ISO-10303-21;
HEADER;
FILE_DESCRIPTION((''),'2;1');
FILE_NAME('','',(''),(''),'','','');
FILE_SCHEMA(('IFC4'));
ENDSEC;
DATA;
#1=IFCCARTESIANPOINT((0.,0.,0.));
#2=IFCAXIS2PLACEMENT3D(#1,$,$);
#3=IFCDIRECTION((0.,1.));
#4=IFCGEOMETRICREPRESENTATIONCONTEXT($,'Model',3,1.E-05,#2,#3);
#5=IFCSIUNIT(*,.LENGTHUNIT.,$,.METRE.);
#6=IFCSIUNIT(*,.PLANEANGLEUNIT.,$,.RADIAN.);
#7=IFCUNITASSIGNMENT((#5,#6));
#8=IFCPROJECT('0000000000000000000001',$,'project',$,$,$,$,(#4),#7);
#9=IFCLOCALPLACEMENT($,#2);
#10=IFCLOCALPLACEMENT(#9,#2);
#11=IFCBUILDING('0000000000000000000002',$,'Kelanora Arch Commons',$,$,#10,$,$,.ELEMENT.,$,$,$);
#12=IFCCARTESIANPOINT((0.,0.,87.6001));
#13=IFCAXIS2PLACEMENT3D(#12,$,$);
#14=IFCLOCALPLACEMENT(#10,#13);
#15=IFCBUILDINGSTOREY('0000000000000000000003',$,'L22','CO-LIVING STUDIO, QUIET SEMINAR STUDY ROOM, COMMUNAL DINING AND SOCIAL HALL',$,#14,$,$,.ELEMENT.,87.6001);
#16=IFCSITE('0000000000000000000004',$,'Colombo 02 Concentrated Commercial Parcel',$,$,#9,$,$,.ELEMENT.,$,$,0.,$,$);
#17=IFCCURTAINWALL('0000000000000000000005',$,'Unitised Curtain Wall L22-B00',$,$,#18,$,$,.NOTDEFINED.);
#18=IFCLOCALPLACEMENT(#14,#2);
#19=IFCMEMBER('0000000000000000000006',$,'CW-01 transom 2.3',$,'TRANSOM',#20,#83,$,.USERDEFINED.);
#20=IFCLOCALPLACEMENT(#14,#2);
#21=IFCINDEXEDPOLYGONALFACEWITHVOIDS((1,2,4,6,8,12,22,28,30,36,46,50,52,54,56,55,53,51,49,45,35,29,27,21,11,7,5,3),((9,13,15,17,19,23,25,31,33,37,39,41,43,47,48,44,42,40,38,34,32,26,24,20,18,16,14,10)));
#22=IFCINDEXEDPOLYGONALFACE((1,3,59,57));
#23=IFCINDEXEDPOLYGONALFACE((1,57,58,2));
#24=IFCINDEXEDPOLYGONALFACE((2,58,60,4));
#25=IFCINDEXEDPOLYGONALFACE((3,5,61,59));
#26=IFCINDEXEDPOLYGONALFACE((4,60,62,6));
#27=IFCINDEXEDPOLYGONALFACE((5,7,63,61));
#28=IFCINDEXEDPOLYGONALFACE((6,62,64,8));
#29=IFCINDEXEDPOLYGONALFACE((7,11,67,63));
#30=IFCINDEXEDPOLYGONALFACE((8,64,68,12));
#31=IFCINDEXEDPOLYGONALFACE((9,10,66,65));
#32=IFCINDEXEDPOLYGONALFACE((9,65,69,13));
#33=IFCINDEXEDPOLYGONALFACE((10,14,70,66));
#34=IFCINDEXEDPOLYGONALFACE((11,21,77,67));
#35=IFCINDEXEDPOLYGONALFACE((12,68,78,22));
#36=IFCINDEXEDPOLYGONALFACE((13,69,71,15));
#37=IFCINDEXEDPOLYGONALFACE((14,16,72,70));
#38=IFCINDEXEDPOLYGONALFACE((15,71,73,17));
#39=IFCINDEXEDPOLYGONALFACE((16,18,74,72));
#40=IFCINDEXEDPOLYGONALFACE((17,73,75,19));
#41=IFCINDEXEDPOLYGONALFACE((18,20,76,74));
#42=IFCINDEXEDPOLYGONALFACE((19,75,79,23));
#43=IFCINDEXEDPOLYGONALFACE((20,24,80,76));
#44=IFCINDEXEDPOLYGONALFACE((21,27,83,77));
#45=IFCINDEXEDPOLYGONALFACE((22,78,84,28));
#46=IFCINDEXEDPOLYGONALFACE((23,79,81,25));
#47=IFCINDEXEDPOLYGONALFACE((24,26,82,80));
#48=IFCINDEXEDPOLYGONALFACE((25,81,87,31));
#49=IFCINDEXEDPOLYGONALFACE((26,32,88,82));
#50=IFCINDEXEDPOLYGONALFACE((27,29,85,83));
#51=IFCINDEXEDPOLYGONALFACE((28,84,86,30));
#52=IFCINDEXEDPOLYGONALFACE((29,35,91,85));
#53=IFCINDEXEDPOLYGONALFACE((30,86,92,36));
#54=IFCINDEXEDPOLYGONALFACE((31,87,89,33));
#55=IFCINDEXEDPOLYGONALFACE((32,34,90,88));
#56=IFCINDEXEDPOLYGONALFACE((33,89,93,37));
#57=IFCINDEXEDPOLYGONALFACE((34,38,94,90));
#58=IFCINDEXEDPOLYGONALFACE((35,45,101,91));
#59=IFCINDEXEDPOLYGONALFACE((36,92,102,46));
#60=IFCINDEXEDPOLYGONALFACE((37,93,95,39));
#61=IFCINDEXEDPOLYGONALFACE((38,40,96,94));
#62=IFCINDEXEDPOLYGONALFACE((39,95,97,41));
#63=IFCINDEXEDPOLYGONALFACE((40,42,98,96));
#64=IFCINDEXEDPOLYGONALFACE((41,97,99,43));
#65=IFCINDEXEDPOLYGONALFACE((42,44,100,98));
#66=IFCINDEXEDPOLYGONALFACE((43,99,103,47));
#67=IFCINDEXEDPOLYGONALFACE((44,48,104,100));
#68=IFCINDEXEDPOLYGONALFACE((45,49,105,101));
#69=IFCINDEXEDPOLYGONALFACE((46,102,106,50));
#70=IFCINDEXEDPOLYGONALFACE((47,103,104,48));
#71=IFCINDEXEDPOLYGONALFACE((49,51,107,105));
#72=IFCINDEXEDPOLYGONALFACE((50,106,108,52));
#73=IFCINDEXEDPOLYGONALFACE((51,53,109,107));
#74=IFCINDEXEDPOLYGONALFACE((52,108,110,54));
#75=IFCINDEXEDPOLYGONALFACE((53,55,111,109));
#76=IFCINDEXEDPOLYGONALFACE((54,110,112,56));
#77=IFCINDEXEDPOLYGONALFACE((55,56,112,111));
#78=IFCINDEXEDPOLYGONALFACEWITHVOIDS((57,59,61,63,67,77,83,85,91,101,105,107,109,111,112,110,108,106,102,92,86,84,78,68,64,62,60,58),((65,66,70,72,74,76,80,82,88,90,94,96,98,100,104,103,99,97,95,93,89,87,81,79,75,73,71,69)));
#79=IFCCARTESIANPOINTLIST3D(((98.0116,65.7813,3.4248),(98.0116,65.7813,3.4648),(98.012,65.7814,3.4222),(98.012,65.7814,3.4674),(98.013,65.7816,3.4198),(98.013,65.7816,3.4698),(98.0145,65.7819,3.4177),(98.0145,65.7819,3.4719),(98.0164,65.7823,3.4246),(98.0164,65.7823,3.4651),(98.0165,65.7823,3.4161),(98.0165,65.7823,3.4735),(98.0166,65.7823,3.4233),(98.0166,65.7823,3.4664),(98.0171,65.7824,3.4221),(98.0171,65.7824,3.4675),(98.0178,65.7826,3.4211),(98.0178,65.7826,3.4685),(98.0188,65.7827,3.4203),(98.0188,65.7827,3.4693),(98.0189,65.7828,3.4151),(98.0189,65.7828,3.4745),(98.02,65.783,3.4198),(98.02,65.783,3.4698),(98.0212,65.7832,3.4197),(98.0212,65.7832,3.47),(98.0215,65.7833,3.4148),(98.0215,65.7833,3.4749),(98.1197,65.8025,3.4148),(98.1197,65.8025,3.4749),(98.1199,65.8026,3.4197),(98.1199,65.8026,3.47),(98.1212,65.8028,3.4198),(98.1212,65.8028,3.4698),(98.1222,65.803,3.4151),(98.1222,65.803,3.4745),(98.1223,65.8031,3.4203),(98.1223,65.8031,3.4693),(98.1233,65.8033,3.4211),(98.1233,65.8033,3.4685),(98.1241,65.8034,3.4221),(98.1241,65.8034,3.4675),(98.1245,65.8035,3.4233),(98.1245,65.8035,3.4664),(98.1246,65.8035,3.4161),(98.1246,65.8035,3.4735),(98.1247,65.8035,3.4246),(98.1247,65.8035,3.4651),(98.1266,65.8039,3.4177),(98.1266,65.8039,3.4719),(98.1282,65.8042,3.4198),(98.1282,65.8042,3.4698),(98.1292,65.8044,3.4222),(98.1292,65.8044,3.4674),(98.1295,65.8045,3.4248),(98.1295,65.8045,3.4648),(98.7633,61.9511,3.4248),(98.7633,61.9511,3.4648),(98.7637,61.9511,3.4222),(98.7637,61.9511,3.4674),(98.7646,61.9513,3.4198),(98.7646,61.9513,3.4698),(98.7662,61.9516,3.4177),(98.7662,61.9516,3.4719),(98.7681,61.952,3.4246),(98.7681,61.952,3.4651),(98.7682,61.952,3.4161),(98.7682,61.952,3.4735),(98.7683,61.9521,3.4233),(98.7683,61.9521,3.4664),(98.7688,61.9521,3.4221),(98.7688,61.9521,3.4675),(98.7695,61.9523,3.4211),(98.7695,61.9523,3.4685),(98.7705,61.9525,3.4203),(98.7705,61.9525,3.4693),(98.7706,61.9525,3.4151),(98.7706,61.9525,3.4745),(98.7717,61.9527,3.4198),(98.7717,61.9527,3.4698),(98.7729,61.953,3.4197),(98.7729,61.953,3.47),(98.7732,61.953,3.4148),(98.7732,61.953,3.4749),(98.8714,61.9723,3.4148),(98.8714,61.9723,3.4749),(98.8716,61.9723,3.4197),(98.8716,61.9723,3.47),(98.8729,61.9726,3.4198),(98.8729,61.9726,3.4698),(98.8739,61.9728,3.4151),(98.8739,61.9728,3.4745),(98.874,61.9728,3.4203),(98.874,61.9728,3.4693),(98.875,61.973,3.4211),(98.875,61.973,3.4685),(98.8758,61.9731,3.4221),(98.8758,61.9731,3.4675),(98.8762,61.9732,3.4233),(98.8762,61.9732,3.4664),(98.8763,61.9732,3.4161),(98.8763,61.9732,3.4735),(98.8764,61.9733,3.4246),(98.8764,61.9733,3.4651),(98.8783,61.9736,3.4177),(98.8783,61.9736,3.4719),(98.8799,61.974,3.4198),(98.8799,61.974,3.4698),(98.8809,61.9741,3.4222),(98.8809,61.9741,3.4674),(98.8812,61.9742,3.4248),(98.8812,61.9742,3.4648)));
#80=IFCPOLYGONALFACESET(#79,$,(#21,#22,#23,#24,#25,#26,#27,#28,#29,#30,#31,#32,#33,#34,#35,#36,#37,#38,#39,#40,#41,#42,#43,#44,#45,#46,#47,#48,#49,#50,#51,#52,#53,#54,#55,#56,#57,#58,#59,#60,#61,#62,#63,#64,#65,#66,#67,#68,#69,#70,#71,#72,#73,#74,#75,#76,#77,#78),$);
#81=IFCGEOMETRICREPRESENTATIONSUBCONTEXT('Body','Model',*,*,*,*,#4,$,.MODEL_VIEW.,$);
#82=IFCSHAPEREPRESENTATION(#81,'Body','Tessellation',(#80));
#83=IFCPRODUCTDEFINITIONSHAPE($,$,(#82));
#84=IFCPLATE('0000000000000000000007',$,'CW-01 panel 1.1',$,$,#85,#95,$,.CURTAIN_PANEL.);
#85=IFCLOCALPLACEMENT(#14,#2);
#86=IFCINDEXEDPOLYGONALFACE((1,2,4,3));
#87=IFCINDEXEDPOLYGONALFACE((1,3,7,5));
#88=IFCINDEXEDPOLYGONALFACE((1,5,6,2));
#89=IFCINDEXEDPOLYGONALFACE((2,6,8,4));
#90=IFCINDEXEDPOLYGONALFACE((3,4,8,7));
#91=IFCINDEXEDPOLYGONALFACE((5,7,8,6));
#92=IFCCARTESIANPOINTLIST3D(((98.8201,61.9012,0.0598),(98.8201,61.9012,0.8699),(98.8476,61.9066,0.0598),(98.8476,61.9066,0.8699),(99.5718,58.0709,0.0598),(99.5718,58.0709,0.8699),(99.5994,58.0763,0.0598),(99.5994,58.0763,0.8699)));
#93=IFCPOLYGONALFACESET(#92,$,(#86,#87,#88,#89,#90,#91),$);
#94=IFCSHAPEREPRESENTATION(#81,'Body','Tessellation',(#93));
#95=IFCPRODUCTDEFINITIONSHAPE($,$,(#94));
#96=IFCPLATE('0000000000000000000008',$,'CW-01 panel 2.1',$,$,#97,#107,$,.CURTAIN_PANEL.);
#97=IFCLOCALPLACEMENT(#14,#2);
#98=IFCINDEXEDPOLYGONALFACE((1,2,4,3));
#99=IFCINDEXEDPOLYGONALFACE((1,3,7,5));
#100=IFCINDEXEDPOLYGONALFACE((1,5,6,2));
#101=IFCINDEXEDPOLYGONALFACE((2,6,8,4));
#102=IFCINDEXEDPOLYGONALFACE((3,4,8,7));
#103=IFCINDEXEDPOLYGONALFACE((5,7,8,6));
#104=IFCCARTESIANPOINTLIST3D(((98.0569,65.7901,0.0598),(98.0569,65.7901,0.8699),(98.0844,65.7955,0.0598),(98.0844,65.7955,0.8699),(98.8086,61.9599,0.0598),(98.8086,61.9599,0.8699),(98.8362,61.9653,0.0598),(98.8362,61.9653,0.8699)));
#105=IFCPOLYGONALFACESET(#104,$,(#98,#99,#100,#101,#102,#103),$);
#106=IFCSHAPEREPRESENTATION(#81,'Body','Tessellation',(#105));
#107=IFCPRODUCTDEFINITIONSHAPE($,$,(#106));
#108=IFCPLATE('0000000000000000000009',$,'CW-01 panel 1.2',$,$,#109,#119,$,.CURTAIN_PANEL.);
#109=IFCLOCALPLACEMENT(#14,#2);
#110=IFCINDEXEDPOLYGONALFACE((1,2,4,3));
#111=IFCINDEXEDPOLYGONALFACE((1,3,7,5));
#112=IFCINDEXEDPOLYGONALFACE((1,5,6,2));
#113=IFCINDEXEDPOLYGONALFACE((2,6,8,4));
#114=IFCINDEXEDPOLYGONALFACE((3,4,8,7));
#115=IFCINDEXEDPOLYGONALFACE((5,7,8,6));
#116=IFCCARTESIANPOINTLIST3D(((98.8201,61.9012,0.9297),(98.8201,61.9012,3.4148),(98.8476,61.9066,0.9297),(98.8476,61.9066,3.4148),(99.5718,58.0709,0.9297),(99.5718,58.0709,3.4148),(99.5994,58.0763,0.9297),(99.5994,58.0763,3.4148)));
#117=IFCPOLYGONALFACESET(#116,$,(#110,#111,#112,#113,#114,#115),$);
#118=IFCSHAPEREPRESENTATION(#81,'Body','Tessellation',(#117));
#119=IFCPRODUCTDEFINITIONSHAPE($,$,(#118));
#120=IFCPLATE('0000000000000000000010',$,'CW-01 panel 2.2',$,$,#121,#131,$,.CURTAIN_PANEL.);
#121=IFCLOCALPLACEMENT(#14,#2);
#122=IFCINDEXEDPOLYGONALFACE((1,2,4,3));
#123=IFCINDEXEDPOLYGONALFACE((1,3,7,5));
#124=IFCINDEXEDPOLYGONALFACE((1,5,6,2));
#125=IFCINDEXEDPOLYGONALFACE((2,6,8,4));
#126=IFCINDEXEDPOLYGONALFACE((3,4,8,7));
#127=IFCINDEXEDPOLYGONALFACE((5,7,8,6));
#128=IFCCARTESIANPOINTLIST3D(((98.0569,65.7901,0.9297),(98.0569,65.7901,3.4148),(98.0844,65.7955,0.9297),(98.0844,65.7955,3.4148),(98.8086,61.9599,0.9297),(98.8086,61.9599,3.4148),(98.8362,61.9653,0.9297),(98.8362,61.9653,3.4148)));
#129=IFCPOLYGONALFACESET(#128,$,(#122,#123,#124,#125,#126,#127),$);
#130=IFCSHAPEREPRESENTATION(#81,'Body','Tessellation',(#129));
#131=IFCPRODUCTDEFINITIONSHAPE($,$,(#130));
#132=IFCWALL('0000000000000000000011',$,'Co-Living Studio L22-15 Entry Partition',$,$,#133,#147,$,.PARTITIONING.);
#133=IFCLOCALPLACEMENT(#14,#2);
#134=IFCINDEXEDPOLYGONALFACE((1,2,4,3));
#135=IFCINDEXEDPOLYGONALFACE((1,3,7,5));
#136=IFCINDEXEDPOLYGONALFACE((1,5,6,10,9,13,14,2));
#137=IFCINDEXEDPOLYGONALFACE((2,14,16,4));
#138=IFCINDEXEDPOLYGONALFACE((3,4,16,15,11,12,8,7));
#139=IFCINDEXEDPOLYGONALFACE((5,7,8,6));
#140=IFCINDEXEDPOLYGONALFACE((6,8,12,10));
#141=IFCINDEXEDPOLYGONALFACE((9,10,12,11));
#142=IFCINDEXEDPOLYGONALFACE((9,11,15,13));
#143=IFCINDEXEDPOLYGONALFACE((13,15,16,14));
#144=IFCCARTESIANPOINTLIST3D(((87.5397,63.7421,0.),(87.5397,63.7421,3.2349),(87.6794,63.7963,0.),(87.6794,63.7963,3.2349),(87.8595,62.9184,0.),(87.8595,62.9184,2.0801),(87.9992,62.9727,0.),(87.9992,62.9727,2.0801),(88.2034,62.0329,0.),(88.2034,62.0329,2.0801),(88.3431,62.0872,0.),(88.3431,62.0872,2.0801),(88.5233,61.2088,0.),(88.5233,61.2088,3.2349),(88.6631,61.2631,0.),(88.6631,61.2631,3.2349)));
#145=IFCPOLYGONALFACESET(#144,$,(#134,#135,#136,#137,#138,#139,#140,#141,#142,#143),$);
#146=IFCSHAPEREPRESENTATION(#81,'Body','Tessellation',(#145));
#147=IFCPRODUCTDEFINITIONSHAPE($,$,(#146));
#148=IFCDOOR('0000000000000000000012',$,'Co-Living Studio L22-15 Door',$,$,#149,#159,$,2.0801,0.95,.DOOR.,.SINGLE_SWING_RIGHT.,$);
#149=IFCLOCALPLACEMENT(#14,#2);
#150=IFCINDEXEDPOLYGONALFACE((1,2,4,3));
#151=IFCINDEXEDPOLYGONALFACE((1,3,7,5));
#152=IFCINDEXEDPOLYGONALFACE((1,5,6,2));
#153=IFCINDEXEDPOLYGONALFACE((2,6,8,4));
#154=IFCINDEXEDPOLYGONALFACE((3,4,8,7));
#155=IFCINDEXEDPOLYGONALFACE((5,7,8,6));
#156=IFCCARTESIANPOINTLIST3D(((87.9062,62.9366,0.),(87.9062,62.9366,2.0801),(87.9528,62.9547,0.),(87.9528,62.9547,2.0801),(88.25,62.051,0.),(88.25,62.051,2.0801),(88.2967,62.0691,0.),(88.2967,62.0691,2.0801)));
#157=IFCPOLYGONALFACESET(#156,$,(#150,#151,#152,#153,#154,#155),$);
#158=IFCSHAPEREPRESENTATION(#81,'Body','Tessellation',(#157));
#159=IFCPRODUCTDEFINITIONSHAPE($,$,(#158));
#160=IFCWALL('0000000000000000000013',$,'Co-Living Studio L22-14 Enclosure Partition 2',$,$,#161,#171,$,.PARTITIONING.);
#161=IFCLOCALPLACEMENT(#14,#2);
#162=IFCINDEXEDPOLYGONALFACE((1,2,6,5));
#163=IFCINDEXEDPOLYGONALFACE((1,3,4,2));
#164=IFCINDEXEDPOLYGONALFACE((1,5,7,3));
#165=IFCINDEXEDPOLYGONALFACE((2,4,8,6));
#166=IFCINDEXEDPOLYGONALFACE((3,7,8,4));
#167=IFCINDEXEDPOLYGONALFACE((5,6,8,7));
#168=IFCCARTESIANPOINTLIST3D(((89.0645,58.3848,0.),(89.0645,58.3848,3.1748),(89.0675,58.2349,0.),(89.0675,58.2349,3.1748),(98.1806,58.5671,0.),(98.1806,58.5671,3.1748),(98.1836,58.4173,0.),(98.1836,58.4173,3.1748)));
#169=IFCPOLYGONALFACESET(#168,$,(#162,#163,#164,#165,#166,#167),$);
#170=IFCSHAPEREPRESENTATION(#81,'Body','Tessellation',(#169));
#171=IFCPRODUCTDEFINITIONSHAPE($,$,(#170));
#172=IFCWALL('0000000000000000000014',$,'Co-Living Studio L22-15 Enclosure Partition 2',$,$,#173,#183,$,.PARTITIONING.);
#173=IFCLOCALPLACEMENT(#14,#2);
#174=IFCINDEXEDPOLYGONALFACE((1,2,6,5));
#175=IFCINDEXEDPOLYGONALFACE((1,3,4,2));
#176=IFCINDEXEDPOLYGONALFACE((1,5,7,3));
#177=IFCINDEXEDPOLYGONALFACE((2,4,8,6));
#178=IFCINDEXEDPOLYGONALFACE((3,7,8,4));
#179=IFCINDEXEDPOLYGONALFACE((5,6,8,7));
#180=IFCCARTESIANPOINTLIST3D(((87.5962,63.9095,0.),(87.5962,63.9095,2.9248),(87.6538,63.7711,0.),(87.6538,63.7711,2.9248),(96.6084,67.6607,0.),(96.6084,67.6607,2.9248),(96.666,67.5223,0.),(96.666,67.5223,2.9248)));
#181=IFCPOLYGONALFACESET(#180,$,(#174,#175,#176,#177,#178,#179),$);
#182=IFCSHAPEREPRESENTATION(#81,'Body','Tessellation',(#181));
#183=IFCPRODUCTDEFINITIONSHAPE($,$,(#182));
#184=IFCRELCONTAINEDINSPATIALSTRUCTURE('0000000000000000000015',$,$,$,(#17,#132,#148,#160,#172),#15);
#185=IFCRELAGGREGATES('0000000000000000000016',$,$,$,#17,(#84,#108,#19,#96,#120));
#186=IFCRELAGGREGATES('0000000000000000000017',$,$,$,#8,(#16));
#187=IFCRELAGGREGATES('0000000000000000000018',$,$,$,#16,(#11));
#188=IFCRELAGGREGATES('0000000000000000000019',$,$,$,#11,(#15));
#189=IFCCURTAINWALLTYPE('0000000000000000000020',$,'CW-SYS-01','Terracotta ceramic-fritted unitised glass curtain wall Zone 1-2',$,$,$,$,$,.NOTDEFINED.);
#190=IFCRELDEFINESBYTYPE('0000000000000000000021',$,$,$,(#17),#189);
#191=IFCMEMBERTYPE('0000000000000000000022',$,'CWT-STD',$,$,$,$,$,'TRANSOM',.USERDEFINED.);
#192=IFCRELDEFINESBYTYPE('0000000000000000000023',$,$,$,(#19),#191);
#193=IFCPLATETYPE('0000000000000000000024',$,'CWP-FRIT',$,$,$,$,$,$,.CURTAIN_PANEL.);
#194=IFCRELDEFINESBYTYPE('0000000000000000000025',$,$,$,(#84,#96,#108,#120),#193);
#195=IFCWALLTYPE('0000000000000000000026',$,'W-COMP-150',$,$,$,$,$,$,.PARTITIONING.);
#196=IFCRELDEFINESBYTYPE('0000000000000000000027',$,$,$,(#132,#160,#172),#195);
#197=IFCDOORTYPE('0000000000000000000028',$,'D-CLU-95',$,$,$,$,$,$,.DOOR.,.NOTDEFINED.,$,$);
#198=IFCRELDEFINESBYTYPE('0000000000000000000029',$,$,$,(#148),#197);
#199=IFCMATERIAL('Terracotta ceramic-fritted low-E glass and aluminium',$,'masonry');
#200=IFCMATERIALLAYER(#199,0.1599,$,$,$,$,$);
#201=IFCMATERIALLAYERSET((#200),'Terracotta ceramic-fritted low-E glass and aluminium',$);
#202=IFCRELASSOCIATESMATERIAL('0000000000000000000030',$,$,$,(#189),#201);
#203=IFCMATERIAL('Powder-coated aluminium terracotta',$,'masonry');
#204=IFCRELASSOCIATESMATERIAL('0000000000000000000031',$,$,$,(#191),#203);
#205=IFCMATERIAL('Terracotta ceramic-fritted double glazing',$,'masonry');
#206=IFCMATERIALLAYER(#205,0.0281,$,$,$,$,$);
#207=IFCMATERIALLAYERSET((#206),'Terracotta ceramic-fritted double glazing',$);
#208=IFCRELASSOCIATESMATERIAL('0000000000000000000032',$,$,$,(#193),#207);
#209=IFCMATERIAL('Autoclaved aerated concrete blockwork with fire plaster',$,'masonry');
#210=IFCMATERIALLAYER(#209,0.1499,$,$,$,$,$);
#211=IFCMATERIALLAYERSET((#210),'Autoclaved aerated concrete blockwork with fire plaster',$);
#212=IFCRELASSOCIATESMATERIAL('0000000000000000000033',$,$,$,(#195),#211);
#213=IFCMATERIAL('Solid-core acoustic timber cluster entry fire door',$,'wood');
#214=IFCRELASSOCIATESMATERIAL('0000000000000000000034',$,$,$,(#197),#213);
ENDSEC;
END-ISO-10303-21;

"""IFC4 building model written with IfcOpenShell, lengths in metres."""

from ifc_helpers import new_model, si_unit, direction, frame, frame_2d, origin, origin_2d, place, context, subcontext, project, spatial, rectangle, hollow_rectangle, extrude, source, transform, mapped, material, layer, layer_set, material_profile, profile_set, type_object, element, fill, aggregate, save


model = new_model("IFC4")

# Units and contexts
model_context = context("Model", 3, precision=1e-05, world=origin(), true_north=direction((0.0, 1.0)))
body_context = subcontext(model_context, "Body", "Model", "MODEL_VIEW")
ifc_project = project(units=[si_unit("LENGTHUNIT", "METRE"), si_unit("PLANEANGLEUNIT", "RADIAN")], contexts=[model_context])

# Site, building, storey
site_placement = place(None, origin())
site = spatial("IfcSite", under=ifc_project, at=site_placement, Name="Colombo 02 Concentrated Commercial Parcel", CompositionType="ELEMENT", RefElevation=0.0)
building_placement = place(site_placement, origin())
building = spatial("IfcBuilding", under=site, at=building_placement, Name="Kelanora Arch Commons", CompositionType="ELEMENT")
storey_placement = place(building_placement, frame((0.0, 0.0, 87.6001)))
storey = spatial("IfcBuildingStorey", under=building, at=storey_placement, Name="L22", Description="CO-LIVING STUDIO, QUIET SEMINAR STUDY ROOM, COMMUNAL DINING AND SOCIAL HALL", CompositionType="ELEMENT", Elevation=87.6001)

# Curtain wall, member, plates
ifc_material_1 = material(Name="Terracotta ceramic-fritted low-E glass and aluminium", Category="masonry")
ifc_layer_1 = layer(ifc_material_1, 0.1599)
ifc_layer_set_1 = layer_set([ifc_layer_1], Name="Terracotta ceramic-fritted low-E glass and aluminium")
curtain_wall_type = type_object("IfcCurtainWallType", Name="CW-SYS-01", Description="Terracotta ceramic-fritted unitised glass curtain wall Zone 1-2", PredefinedType="NOTDEFINED", material=ifc_layer_set_1)
curtain_wall_placement = place(storey_placement, origin())
curtain_wall = element("IfcCurtainWall", 1, at=curtain_wall_placement, inside=storey, type_object=curtain_wall_type, Name="Unitised Curtain Wall L22-B00", PredefinedType="NOTDEFINED")
ifc_material_2 = material(Name="Powder-coated aluminium terracotta", Category="masonry")
ifc_material_profile_1 = material_profile(ifc_material_2, hollow_rectangle(XDim=0.1201, YDim=0.0601, WallThickness=0.0049, InnerFilletRadius=0.0049, OuterFilletRadius=0.01, at=origin_2d()), Name="CWT120x60")
ifc_profile_set_1 = profile_set([ifc_material_profile_1], Name="Powder-coated aluminium terracotta")
member_type_1 = type_object("IfcMemberType", Name="CWT-STD", ElementType="TRANSOM", PredefinedType="USERDEFINED", material=ifc_profile_set_1)
member_1_placement = place(storey_placement, frame((98.8223, 61.9626, 3.4448), z_axis=(-0.192579, 0.981282, 0.0), x_axis=(-0.981282, -0.192579, 0.0)))
member_1 = element("IfcMember", 2, at=member_1_placement, type_object=member_type_1, Name="CW-01 transom 2.3", ObjectType="TRANSOM", PredefinedType="USERDEFINED", context=body_context, shape_type="SweptSolid", body=[
    extrude(hollow_rectangle(XDim=0.1201, YDim=0.0601, WallThickness=0.0049, InnerFilletRadius=0.0049, OuterFilletRadius=0.01, at=origin_2d()), origin(), (0.0, 0.0, 1.0), 3.9033),
])
ifc_material_3 = material(Name="Terracotta ceramic-fritted double glazing", Category="masonry")
ifc_layer_2 = layer(ifc_material_3, 0.0281)
ifc_layer_set_2 = layer_set([ifc_layer_2], Name="Terracotta ceramic-fritted double glazing")
plate_type = type_object("IfcPlateType", Name="CWP-FRIT", PredefinedType="CURTAIN_PANEL", material=ifc_layer_set_2)
shared_shape_1 = source(origin(), body_context, "Body", "SweptSolid", [
    extrude(rectangle(XDim=3.9033, YDim=0.0281, at=origin_2d()), origin(), (0.0, 0.0, 1.0), 0.8101),
])
plate_1_placement = place(storey_placement, frame((99.2097, 59.9888, 0.0598), z_axis=(0.0, 0.0, 1.0), x_axis=(-0.192585, 0.98128, 0.0)))
plate_1 = element("IfcPlate", 3, at=plate_1_placement, type_object=plate_type, Name="CW-01 panel 1.1", PredefinedType="CURTAIN_PANEL", context=body_context, shape_type="MappedRepresentation", body=[
    mapped(shared_shape_1, transform((0.0, 0.0, 0.0), scale=1.0)),
])
plate_2_placement = place(storey_placement, frame((98.4465, 63.8777, 0.0598), z_axis=(0.0, 0.0, 1.0), x_axis=(-0.192585, 0.98128, 0.0)))
plate_2 = element("IfcPlate", 4, at=plate_2_placement, type_object=plate_type, Name="CW-01 panel 2.1", PredefinedType="CURTAIN_PANEL", context=body_context, shape_type="MappedRepresentation", body=[
    mapped(shared_shape_1, transform((0.0, 0.0, 0.0), scale=1.0)),
])
shared_shape_2 = source(origin(), body_context, "Body", "SweptSolid", [
    extrude(rectangle(XDim=3.9033, YDim=0.0281, at=origin_2d()), origin(), (0.0, 0.0, 1.0), 2.4851),
])
plate_3_placement = place(storey_placement, frame((99.2097, 59.9888, 0.9297), z_axis=(0.0, 0.0, 1.0), x_axis=(-0.192585, 0.98128, 0.0)))
plate_3 = element("IfcPlate", 5, at=plate_3_placement, type_object=plate_type, Name="CW-01 panel 1.2", PredefinedType="CURTAIN_PANEL", context=body_context, shape_type="MappedRepresentation", body=[
    mapped(shared_shape_2, transform((0.0, 0.0, 0.0), scale=1.0)),
])
plate_4_placement = place(storey_placement, frame((98.4465, 63.8777, 0.9297), z_axis=(0.0, 0.0, 1.0), x_axis=(-0.192585, 0.98128, 0.0)))
plate_4 = element("IfcPlate", 6, at=plate_4_placement, type_object=plate_type, Name="CW-01 panel 2.2", PredefinedType="CURTAIN_PANEL", context=body_context, shape_type="MappedRepresentation", body=[
    mapped(shared_shape_2, transform((0.0, 0.0, 0.0), scale=1.0)),
])
aggregate(curtain_wall, [plate_1, plate_3, member_1, plate_2, plate_4])

# Wall, opening, door
ifc_material_4 = material(Name="Autoclaved aerated concrete blockwork with fire plaster", Category="masonry")
ifc_layer_3 = layer(ifc_material_4, 0.1499)
ifc_layer_set_3 = layer_set([ifc_layer_3], Name="Autoclaved aerated concrete blockwork with fire plaster")
wall_type_1 = type_object("IfcWallType", Name="W-COMP-150", PredefinedType="PARTITIONING", material=ifc_layer_set_3)
wall_1_placement = place(storey_placement, frame((88.5933, 61.2358, 0.0), z_axis=(0.0, 0.0, 1.0), x_axis=(-0.361969, 0.93219, 0.0)))
wall_1 = element("IfcWall", 7, at=wall_1_placement, inside=storey, type_object=wall_type_1, Name="Co-Living Studio L22-15 Entry Partition", PredefinedType="PARTITIONING", context=body_context, shape_type="SweptSolid", body=[
    extrude(rectangle(XDim=2.7175, YDim=0.1499, at=frame_2d((1.3589, 0.0))), origin(), (0.0, 0.0, 1.0), 3.2349),
])
opening_1_placement = place(wall_1_placement, frame((0.884, 0.0, 0.0)))
opening_1 = element("IfcOpeningElement", 8, at=opening_1_placement, cuts=wall_1, PredefinedType="OPENING", context=body_context, shape_type="SweptSolid", body=[
    extrude(rectangle(XDim=0.95, YDim=2.0801, at=frame_2d((0.4751, 1.04))), frame((0.0, 0.085, 0.0), z_axis=(0.0, -1.0, 0.0), x_axis=(1.0, 0.0, 0.0)), (0.0, 0.0, 1.0), 0.1699),
])
ifc_material_5 = material(Name="Solid-core acoustic timber cluster entry fire door", Category="wood")
door_type_1 = type_object("IfcDoorType", Name="D-CLU-95", OperationType="NOTDEFINED", PredefinedType="DOOR", material=ifc_material_5)
door_1_placement = place(opening_1_placement, origin())
door_1 = element("IfcDoor", 9, at=door_1_placement, inside=storey, type_object=door_type_1, Name="Co-Living Studio L22-15 Door", OperationType="SINGLE_SWING_RIGHT", OverallHeight=2.0801, OverallWidth=0.95, PredefinedType="DOOR", context=body_context, shape_type="SweptSolid", body=[
    extrude(rectangle(XDim=0.95, YDim=2.0801, at=frame_2d((0.4751, 1.04))), frame((0.0, 0.0249, 0.0), z_axis=(0.0, -1.0, 0.0), x_axis=(1.0, 0.0, 0.0)), (0.0, 0.0, 1.0), 0.05),
])
fill(opening_1, door_1)

# Walls
wall_2_placement = place(storey_placement, frame((89.0659, 58.3098, 0.0), z_axis=(0.0, 0.0, 1.0), x_axis=(0.9998, 0.020001, 0.0)))
element("IfcWall", 10, at=wall_2_placement, inside=storey, type_object=wall_type_1, Name="Co-Living Studio L22-14 Enclosure Partition 2", PredefinedType="PARTITIONING", context=body_context, shape_type="SweptSolid", body=[
    extrude(rectangle(XDim=9.1179, YDim=0.1499, at=frame_2d((4.5591, 0.0))), origin(), (0.0, 0.0, 1.0), 3.1748),
])
wall_3_placement = place(storey_placement, frame((87.625, 63.8403, 0.0), z_axis=(0.0, 0.0, 1.0), x_axis=(0.923217, 0.384278, 0.0)))
element("IfcWall", 11, at=wall_3_placement, inside=storey, type_object=wall_type_1, Name="Co-Living Studio L22-15 Enclosure Partition 2", PredefinedType="PARTITIONING", context=body_context, shape_type="SweptSolid", body=[
    extrude(rectangle(XDim=9.7617, YDim=0.1499, at=frame_2d((4.8809, 0.0))), origin(), (0.0, 0.0, 1.0), 2.9248),
])

save(model, "model.ifc")
